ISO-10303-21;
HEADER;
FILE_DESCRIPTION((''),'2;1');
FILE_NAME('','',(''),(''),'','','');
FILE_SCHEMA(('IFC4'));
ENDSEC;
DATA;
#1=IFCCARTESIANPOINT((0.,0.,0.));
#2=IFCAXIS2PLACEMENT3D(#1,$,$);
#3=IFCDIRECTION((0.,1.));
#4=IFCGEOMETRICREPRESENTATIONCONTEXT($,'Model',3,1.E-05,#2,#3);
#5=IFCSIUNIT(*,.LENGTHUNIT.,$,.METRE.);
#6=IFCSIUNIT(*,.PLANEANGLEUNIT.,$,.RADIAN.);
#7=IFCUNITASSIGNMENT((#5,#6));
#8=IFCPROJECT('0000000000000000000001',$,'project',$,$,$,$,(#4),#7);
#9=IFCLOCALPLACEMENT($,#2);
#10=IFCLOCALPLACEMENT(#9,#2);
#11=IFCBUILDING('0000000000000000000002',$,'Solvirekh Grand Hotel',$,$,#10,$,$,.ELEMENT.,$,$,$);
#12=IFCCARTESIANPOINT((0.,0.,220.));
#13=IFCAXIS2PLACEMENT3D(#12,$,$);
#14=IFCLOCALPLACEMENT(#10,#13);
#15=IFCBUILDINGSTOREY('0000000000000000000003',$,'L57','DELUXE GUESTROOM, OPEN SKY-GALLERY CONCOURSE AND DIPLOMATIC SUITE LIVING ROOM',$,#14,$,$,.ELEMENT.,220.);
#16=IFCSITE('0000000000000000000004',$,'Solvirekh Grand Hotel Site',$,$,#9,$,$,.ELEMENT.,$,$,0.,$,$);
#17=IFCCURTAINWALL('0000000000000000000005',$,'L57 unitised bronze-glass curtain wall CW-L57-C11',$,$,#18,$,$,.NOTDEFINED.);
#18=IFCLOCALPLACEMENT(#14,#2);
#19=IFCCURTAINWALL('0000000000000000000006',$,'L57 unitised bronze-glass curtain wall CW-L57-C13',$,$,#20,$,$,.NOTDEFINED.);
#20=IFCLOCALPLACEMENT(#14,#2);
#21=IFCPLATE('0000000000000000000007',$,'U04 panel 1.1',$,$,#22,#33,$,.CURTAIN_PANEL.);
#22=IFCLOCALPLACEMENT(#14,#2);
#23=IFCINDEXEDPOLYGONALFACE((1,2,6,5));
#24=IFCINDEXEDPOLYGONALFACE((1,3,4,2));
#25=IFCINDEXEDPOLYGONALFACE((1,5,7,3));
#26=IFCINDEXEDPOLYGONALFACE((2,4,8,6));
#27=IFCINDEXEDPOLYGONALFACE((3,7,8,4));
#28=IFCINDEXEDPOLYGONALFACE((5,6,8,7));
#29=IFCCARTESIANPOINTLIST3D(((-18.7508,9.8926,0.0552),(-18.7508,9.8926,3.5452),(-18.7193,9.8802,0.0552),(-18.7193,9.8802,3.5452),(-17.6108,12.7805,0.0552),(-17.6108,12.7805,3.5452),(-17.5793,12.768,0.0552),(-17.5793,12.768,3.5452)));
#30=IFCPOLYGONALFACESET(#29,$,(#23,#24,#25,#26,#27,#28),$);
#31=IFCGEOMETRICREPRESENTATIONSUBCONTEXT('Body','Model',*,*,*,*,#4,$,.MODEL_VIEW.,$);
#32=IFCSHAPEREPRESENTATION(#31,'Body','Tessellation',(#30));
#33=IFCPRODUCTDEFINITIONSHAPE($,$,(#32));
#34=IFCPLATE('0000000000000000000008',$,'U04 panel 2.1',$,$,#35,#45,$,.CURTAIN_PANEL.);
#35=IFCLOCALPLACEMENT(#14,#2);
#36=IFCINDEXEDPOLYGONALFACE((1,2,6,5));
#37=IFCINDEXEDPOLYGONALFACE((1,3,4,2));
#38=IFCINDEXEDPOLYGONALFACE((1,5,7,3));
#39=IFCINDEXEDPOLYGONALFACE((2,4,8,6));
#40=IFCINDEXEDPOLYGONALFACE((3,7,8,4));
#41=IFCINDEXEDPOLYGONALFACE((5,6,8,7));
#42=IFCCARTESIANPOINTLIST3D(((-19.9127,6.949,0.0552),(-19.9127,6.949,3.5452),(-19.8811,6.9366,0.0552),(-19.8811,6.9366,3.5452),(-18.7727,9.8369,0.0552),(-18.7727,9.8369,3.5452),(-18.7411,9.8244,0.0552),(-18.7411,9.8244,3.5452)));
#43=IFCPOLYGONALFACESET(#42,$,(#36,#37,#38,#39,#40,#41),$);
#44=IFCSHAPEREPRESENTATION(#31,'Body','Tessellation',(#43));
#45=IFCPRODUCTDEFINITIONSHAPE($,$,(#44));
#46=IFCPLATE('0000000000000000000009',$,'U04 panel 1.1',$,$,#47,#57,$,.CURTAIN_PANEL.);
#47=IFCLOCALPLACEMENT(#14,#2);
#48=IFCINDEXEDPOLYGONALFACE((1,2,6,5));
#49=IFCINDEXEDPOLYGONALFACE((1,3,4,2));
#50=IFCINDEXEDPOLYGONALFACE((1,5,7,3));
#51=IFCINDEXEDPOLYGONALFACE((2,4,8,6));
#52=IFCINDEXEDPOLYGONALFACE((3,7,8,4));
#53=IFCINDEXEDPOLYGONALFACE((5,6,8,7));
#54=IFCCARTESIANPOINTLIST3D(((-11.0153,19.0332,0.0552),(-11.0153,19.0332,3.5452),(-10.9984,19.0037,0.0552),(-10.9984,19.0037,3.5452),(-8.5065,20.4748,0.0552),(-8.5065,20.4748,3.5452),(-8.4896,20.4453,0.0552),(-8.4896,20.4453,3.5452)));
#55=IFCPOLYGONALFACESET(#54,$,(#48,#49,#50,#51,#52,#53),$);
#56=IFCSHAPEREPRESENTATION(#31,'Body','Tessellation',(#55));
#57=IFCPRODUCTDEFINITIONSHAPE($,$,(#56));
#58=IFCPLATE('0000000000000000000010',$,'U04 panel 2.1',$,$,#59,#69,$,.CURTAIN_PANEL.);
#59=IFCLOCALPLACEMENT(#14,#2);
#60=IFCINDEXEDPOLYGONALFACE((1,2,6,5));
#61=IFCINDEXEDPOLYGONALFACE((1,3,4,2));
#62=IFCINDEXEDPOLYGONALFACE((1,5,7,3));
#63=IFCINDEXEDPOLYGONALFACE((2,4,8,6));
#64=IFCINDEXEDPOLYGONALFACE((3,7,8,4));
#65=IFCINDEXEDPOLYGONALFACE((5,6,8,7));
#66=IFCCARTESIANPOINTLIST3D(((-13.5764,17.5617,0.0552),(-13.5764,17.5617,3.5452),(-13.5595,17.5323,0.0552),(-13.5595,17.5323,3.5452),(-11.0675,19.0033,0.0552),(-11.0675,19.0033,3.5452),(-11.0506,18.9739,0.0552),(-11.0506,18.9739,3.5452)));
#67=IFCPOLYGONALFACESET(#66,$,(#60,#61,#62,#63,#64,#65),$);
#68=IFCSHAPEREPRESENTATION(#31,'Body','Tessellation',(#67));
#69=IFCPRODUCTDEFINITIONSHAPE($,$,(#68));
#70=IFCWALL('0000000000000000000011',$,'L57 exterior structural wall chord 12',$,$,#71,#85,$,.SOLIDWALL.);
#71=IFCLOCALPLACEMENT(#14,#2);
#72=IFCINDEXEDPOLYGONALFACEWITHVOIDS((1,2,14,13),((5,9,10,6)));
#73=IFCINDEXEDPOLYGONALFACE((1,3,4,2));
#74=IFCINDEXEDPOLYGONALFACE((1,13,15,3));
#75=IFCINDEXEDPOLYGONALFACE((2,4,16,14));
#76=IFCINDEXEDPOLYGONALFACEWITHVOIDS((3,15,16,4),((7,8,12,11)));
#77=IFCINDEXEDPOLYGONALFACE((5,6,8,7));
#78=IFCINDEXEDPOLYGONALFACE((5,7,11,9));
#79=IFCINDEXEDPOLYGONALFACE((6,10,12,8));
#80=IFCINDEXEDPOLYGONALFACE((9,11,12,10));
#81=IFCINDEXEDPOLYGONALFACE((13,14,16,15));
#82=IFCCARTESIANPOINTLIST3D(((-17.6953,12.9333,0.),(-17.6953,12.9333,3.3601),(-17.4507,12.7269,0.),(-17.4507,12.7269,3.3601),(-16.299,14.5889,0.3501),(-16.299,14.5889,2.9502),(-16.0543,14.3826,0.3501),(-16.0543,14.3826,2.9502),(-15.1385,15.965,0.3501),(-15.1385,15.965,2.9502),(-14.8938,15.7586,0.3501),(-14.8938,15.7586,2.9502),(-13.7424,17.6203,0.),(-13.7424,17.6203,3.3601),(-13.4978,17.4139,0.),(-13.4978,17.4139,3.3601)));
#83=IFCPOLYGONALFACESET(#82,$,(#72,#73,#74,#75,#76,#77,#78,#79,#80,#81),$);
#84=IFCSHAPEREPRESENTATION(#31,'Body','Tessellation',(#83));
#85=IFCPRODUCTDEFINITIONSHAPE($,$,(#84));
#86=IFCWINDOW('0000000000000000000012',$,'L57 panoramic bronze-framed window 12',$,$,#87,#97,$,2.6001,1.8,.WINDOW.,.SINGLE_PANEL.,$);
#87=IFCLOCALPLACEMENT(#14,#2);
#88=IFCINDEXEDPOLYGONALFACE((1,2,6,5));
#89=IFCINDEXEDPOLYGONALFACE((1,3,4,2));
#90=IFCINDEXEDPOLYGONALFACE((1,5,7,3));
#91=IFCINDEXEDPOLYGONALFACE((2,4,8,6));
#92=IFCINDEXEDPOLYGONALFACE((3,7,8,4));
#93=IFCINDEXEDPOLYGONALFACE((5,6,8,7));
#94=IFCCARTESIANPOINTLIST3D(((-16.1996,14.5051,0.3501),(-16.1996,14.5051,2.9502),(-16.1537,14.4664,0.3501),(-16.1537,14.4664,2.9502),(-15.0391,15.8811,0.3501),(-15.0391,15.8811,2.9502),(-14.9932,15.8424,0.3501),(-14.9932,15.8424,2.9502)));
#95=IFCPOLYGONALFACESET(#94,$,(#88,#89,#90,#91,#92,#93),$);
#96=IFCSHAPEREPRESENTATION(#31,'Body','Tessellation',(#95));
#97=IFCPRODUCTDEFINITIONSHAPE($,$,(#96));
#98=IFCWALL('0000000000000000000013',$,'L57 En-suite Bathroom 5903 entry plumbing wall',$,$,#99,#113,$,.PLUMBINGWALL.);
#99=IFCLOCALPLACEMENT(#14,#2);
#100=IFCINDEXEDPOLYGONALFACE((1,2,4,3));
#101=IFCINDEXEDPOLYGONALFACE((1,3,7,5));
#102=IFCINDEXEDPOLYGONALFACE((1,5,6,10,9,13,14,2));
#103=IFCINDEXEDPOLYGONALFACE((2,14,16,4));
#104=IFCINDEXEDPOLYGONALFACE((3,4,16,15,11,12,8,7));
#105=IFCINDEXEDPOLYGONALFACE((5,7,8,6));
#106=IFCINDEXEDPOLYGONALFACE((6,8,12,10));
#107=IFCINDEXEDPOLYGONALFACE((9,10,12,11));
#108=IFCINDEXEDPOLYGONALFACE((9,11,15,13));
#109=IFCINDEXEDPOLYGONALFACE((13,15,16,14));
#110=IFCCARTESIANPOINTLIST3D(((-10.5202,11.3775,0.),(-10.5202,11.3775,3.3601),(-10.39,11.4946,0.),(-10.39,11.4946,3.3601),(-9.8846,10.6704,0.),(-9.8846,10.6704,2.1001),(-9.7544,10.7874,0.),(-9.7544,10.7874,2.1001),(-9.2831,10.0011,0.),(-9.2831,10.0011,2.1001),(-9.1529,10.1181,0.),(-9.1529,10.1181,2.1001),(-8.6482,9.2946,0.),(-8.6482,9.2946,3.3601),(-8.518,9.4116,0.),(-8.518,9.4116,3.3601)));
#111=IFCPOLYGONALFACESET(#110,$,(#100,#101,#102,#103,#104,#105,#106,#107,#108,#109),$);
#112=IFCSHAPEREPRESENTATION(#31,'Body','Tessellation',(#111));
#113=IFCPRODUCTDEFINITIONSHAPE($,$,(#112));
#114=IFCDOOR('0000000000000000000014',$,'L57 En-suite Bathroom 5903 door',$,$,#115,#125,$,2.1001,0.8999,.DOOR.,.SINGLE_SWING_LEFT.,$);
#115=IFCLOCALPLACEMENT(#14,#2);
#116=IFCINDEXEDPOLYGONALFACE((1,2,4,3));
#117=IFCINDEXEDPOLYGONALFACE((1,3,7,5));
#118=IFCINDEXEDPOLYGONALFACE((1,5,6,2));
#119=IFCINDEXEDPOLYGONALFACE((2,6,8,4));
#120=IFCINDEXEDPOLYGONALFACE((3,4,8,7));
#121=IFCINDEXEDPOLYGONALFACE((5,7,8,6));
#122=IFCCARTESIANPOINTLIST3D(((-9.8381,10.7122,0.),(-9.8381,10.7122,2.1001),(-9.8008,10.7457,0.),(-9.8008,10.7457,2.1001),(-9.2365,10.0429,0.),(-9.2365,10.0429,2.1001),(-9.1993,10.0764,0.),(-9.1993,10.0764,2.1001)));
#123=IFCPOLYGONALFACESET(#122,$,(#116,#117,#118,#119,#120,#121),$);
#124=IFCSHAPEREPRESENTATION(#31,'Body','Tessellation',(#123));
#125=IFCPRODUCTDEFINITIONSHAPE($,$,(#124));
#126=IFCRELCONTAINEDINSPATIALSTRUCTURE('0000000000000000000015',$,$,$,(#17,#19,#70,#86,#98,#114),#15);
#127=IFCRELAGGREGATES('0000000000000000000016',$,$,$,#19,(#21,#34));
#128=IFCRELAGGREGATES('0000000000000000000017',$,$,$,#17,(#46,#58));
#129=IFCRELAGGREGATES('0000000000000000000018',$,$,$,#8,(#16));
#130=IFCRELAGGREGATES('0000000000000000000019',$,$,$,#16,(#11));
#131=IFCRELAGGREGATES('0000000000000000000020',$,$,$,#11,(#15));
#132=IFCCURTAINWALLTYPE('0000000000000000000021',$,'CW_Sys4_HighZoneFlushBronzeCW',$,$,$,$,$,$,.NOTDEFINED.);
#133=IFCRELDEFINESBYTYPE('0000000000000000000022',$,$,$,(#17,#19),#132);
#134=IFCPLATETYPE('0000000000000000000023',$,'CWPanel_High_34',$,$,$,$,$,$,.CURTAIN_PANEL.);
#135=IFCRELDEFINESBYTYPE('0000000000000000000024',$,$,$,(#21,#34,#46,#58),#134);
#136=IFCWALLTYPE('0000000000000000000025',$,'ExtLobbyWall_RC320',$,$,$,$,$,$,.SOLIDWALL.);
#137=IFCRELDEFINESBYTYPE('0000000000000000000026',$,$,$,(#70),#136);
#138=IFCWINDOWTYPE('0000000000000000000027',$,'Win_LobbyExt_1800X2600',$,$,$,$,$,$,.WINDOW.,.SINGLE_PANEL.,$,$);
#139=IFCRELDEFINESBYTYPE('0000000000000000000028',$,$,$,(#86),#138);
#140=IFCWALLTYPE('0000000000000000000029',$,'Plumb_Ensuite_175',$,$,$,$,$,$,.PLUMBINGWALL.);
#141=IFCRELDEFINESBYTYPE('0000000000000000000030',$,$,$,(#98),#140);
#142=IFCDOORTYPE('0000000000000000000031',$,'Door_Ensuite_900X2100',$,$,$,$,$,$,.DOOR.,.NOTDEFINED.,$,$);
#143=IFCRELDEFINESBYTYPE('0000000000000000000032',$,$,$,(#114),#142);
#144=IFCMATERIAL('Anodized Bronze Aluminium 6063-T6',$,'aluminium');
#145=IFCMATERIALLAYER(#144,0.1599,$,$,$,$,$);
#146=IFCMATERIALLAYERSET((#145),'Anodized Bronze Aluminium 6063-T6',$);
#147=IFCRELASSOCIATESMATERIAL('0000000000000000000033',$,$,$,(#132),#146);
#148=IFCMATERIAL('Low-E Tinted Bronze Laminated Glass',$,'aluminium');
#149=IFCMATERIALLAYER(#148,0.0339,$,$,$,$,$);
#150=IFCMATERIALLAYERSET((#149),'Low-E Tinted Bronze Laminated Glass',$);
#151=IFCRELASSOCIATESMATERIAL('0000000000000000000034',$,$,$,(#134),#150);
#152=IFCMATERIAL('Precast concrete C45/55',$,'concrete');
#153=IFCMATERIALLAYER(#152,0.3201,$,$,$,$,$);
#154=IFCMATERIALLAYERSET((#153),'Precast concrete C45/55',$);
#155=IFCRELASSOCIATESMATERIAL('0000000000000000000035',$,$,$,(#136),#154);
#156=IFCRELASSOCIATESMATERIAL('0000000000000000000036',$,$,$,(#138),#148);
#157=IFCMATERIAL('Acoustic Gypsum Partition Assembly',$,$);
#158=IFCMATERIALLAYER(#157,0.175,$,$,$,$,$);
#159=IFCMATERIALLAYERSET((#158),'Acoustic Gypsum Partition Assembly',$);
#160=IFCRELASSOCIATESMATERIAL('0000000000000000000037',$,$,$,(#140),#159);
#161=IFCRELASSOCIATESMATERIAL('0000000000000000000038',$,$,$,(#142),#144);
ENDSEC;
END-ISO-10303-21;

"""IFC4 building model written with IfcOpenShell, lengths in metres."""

from ifc_helpers import new_model, si_unit, direction, frame, frame_2d, origin, origin_2d, place, context, subcontext, project, spatial, rectangle, extrude, source, transform, mapped, material, layer, layer_set, type_object, element, fill, aggregate, save


model = new_model("IFC4")

# Units and contexts
model_context = context("Model", 3, precision=1e-05, world=origin(), true_north=direction((0.0, 1.0)))
body_context = subcontext(model_context, "Body", "Model", "MODEL_VIEW")
ifc_project = project(units=[si_unit("LENGTHUNIT", "METRE"), si_unit("PLANEANGLEUNIT", "RADIAN")], contexts=[model_context])

# Site, building, storey
site_placement = place(None, origin())
site = spatial("IfcSite", under=ifc_project, at=site_placement, Name="Solvirekh Grand Hotel Site", CompositionType="ELEMENT", RefElevation=0.0)
building_placement = place(site_placement, origin())
building = spatial("IfcBuilding", under=site, at=building_placement, Name="Solvirekh Grand Hotel", CompositionType="ELEMENT")
storey_placement = place(building_placement, frame((0.0, 0.0, 220.0)))
storey = spatial("IfcBuildingStorey", under=building, at=storey_placement, Name="L57", Description="DELUXE GUESTROOM, OPEN SKY-GALLERY CONCOURSE AND DIPLOMATIC SUITE LIVING ROOM", CompositionType="ELEMENT", Elevation=220.0)

# Curtain walls
ifc_material_1 = material(Name="Anodized Bronze Aluminium 6063-T6", Category="aluminium")
ifc_layer_1 = layer(ifc_material_1, 0.1599)
ifc_layer_set_1 = layer_set([ifc_layer_1], Name="Anodized Bronze Aluminium 6063-T6")
curtain_wall_type = type_object("IfcCurtainWallType", Name="CW_Sys4_HighZoneFlushBronzeCW", PredefinedType="NOTDEFINED", material=ifc_layer_set_1)
curtain_wall_1_placement = place(storey_placement, origin())
curtain_wall_1 = element("IfcCurtainWall", 1, at=curtain_wall_1_placement, inside=storey, type_object=curtain_wall_type, Name="L57 unitised bronze-glass curtain wall CW-L57-C11", PredefinedType="NOTDEFINED")
curtain_wall_2_placement = place(storey_placement, origin())
curtain_wall_2 = element("IfcCurtainWall", 2, at=curtain_wall_2_placement, inside=storey, type_object=curtain_wall_type, Name="L57 unitised bronze-glass curtain wall CW-L57-C13", PredefinedType="NOTDEFINED")

# Plates
ifc_material_2 = material(Name="Low-E Tinted Bronze Laminated Glass", Category="aluminium")
ifc_layer_2 = layer(ifc_material_2, 0.0339)
ifc_layer_set_2 = layer_set([ifc_layer_2], Name="Low-E Tinted Bronze Laminated Glass")
plate_type = type_object("IfcPlateType", Name="CWPanel_High_34", PredefinedType="CURTAIN_PANEL", material=ifc_layer_set_2)
shared_shape_1 = source(origin(), body_context, "Body", "SweptSolid", [
    extrude(rectangle(XDim=3.1047, YDim=0.0339, at=origin_2d()), origin(), (0.0, 0.0, 1.0), 3.49),
])
plate_1_placement = place(storey_placement, frame((-18.165, 11.3303, 0.0552), z_axis=(0.0, 0.0, 1.0), x_axis=(-0.367177, -0.930151, 0.0)))
plate_1 = element("IfcPlate", 3, at=plate_1_placement, type_object=plate_type, Name="U04 panel 1.1", PredefinedType="CURTAIN_PANEL", context=body_context, shape_type="MappedRepresentation", body=[
    mapped(shared_shape_1, transform((0.0, 0.0, 0.0), x_axis=(1.0, 0.0, 0.0), y_axis=(0.0, 1.0, 0.0), z_axis=(0.0, 0.0, 1.0), scale=1.0)),
])
plate_2_placement = place(storey_placement, frame((-19.3269, 8.3867, 0.0552), z_axis=(0.0, 0.0, 1.0), x_axis=(-0.367177, -0.930151, 0.0)))
plate_2 = element("IfcPlate", 4, at=plate_2_placement, type_object=plate_type, Name="U04 panel 2.1", PredefinedType="CURTAIN_PANEL", context=body_context, shape_type="MappedRepresentation", body=[
    mapped(shared_shape_1, transform((0.0, 0.0, 0.0), x_axis=(1.0, 0.0, 0.0), y_axis=(0.0, 1.0, 0.0), z_axis=(0.0, 0.0, 1.0), scale=1.0)),
])
aggregate(curtain_wall_2, [plate_1, plate_2])
shared_shape_2 = source(origin(), body_context, "Body", "SweptSolid", [
    extrude(rectangle(XDim=2.8936, YDim=0.0339, at=origin_2d()), origin(), (0.0, 0.0, 1.0), 3.49),
])
plate_3_placement = place(storey_placement, frame((-9.7524, 19.7393, 0.0552), z_axis=(0.0, 0.0, 1.0), x_axis=(-0.867055, -0.498213, 0.0)))
plate_3 = element("IfcPlate", 5, at=plate_3_placement, type_object=plate_type, Name="U04 panel 1.1", PredefinedType="CURTAIN_PANEL", context=body_context, shape_type="MappedRepresentation", body=[
    mapped(shared_shape_2, transform((0.0, 0.0, 0.0), x_axis=(1.0, 0.0, 0.0), y_axis=(0.0, 1.0, 0.0), z_axis=(0.0, 0.0, 1.0), scale=1.0)),
])
plate_4_placement = place(storey_placement, frame((-12.3135, 18.2678, 0.0552), z_axis=(0.0, 0.0, 1.0), x_axis=(-0.867055, -0.498213, 0.0)))
plate_4 = element("IfcPlate", 6, at=plate_4_placement, type_object=plate_type, Name="U04 panel 2.1", PredefinedType="CURTAIN_PANEL", context=body_context, shape_type="MappedRepresentation", body=[
    mapped(shared_shape_2, transform((0.0, 0.0, 0.0), x_axis=(1.0, 0.0, 0.0), y_axis=(0.0, 1.0, 0.0), z_axis=(0.0, 0.0, 1.0), scale=1.0)),
])
aggregate(curtain_wall_1, [plate_3, plate_4])

# Wall, opening, window
ifc_material_3 = material(Name="Precast concrete C45/55", Category="concrete")
ifc_layer_3 = layer(ifc_material_3, 0.3201)
ifc_layer_set_3 = layer_set([ifc_layer_3], Name="Precast concrete C45/55")
wall_type_1 = type_object("IfcWallType", Name="ExtLobbyWall_RC320", PredefinedType="SOLIDWALL", material=ifc_layer_set_3)
wall_1_placement = place(storey_placement, frame((-17.573, 12.8301, 0.0), z_axis=(0.0, 0.0, 1.0), x_axis=(0.644701, 0.764435, 0.0)))
wall_1 = element("IfcWall", 7, at=wall_1_placement, inside=storey, type_object=wall_type_1, Name="L57 exterior structural wall chord 12", PredefinedType="SOLIDWALL", context=body_context, shape_type="SweptSolid", body=[
    extrude(rectangle(XDim=6.1313, YDim=0.3201, at=frame_2d((3.0657, 0.0))), origin(), (0.0, 0.0, 1.0), 3.3601),
])
opening_1_placement = place(wall_1_placement, frame((2.166, 0.0, 0.3501)))
opening_1 = element("IfcOpeningElement", 8, at=opening_1_placement, cuts=wall_1, PredefinedType="OPENING", context=body_context, shape_type="SweptSolid", body=[
    extrude(rectangle(XDim=1.8, YDim=2.6001, at=frame_2d((0.8999, 1.3))), frame((0.0, 0.1699, 0.0), z_axis=(0.0, -1.0, 0.0), x_axis=(1.0, 0.0, 0.0)), (0.0, 0.0, 1.0), 0.3401),
])
window_type = type_object("IfcWindowType", Name="Win_LobbyExt_1800X2600", PartitioningType="SINGLE_PANEL", PredefinedType="WINDOW", material=ifc_material_2)
window_placement = place(opening_1_placement, origin())
window = element("IfcWindow", 9, at=window_placement, inside=storey, type_object=window_type, Name="L57 panoramic bronze-framed window 12", OverallHeight=2.6001, OverallWidth=1.8, PartitioningType="SINGLE_PANEL", PredefinedType="WINDOW", context=body_context, shape_type="SweptSolid", body=[
    extrude(rectangle(XDim=1.8, YDim=2.6001, at=frame_2d((0.8999, 1.3))), frame((0.0, 0.03, 0.0), z_axis=(0.0, -1.0, 0.0), x_axis=(1.0, 0.0, 0.0)), (0.0, 0.0, 1.0), 0.0601),
])
fill(opening_1, window)

# Wall, opening, door
ifc_material_4 = material(Name="Acoustic Gypsum Partition Assembly")
ifc_layer_4 = layer(ifc_material_4, 0.175)
ifc_layer_set_4 = layer_set([ifc_layer_4], Name="Acoustic Gypsum Partition Assembly")
wall_type_2 = type_object("IfcWallType", Name="Plumb_Ensuite_175", PredefinedType="PLUMBINGWALL", material=ifc_layer_set_4)
wall_2_placement = place(storey_placement, frame((-8.583, 9.353, 0.0), z_axis=(0.0, 0.0, 1.0), x_axis=(-0.668444, 0.743762, 0.0)))
wall_2 = element("IfcWall", 10, at=wall_2_placement, inside=storey, type_object=wall_type_2, Name="L57 En-suite Bathroom 5903 entry plumbing wall", PredefinedType="PLUMBINGWALL", context=body_context, shape_type="SweptSolid", body=[
    extrude(rectangle(XDim=2.8005, YDim=0.175, at=frame_2d((1.4004, 0.0))), origin(), (0.0, 0.0, 1.0), 3.3601),
])
opening_2_placement = place(wall_2_placement, frame((0.95, 0.0, 0.0)))
opening_2 = element("IfcOpeningElement", 11, at=opening_2_placement, cuts=wall_2, PredefinedType="OPENING", context=body_context, shape_type="SweptSolid", body=[
    extrude(rectangle(XDim=0.8999, YDim=2.1001, at=frame_2d((0.45, 1.05))), frame((0.0, 0.0977, 0.0), z_axis=(0.0, -1.0, 0.0), x_axis=(1.0, 0.0, 0.0)), (0.0, 0.0, 1.0), 0.1951),
])
door_type = type_object("IfcDoorType", Name="Door_Ensuite_900X2100", OperationType="NOTDEFINED", PredefinedType="DOOR", material=ifc_material_1)
door_placement = place(opening_2_placement, origin())
door = element("IfcDoor", 12, at=door_placement, inside=storey, type_object=door_type, Name="L57 En-suite Bathroom 5903 door", OperationType="SINGLE_SWING_LEFT", OverallHeight=2.1001, OverallWidth=0.8999, PredefinedType="DOOR", context=body_context, shape_type="SweptSolid", body=[
    extrude(rectangle(XDim=0.8999, YDim=2.1001, at=frame_2d((0.45, 1.05))), frame((0.0, 0.0249, 0.0), z_axis=(0.0, -1.0, 0.0), x_axis=(1.0, 0.0, 0.0)), (0.0, 0.0, 1.0), 0.05),
])
fill(opening_2, door)

save(model, "model.ifc")
